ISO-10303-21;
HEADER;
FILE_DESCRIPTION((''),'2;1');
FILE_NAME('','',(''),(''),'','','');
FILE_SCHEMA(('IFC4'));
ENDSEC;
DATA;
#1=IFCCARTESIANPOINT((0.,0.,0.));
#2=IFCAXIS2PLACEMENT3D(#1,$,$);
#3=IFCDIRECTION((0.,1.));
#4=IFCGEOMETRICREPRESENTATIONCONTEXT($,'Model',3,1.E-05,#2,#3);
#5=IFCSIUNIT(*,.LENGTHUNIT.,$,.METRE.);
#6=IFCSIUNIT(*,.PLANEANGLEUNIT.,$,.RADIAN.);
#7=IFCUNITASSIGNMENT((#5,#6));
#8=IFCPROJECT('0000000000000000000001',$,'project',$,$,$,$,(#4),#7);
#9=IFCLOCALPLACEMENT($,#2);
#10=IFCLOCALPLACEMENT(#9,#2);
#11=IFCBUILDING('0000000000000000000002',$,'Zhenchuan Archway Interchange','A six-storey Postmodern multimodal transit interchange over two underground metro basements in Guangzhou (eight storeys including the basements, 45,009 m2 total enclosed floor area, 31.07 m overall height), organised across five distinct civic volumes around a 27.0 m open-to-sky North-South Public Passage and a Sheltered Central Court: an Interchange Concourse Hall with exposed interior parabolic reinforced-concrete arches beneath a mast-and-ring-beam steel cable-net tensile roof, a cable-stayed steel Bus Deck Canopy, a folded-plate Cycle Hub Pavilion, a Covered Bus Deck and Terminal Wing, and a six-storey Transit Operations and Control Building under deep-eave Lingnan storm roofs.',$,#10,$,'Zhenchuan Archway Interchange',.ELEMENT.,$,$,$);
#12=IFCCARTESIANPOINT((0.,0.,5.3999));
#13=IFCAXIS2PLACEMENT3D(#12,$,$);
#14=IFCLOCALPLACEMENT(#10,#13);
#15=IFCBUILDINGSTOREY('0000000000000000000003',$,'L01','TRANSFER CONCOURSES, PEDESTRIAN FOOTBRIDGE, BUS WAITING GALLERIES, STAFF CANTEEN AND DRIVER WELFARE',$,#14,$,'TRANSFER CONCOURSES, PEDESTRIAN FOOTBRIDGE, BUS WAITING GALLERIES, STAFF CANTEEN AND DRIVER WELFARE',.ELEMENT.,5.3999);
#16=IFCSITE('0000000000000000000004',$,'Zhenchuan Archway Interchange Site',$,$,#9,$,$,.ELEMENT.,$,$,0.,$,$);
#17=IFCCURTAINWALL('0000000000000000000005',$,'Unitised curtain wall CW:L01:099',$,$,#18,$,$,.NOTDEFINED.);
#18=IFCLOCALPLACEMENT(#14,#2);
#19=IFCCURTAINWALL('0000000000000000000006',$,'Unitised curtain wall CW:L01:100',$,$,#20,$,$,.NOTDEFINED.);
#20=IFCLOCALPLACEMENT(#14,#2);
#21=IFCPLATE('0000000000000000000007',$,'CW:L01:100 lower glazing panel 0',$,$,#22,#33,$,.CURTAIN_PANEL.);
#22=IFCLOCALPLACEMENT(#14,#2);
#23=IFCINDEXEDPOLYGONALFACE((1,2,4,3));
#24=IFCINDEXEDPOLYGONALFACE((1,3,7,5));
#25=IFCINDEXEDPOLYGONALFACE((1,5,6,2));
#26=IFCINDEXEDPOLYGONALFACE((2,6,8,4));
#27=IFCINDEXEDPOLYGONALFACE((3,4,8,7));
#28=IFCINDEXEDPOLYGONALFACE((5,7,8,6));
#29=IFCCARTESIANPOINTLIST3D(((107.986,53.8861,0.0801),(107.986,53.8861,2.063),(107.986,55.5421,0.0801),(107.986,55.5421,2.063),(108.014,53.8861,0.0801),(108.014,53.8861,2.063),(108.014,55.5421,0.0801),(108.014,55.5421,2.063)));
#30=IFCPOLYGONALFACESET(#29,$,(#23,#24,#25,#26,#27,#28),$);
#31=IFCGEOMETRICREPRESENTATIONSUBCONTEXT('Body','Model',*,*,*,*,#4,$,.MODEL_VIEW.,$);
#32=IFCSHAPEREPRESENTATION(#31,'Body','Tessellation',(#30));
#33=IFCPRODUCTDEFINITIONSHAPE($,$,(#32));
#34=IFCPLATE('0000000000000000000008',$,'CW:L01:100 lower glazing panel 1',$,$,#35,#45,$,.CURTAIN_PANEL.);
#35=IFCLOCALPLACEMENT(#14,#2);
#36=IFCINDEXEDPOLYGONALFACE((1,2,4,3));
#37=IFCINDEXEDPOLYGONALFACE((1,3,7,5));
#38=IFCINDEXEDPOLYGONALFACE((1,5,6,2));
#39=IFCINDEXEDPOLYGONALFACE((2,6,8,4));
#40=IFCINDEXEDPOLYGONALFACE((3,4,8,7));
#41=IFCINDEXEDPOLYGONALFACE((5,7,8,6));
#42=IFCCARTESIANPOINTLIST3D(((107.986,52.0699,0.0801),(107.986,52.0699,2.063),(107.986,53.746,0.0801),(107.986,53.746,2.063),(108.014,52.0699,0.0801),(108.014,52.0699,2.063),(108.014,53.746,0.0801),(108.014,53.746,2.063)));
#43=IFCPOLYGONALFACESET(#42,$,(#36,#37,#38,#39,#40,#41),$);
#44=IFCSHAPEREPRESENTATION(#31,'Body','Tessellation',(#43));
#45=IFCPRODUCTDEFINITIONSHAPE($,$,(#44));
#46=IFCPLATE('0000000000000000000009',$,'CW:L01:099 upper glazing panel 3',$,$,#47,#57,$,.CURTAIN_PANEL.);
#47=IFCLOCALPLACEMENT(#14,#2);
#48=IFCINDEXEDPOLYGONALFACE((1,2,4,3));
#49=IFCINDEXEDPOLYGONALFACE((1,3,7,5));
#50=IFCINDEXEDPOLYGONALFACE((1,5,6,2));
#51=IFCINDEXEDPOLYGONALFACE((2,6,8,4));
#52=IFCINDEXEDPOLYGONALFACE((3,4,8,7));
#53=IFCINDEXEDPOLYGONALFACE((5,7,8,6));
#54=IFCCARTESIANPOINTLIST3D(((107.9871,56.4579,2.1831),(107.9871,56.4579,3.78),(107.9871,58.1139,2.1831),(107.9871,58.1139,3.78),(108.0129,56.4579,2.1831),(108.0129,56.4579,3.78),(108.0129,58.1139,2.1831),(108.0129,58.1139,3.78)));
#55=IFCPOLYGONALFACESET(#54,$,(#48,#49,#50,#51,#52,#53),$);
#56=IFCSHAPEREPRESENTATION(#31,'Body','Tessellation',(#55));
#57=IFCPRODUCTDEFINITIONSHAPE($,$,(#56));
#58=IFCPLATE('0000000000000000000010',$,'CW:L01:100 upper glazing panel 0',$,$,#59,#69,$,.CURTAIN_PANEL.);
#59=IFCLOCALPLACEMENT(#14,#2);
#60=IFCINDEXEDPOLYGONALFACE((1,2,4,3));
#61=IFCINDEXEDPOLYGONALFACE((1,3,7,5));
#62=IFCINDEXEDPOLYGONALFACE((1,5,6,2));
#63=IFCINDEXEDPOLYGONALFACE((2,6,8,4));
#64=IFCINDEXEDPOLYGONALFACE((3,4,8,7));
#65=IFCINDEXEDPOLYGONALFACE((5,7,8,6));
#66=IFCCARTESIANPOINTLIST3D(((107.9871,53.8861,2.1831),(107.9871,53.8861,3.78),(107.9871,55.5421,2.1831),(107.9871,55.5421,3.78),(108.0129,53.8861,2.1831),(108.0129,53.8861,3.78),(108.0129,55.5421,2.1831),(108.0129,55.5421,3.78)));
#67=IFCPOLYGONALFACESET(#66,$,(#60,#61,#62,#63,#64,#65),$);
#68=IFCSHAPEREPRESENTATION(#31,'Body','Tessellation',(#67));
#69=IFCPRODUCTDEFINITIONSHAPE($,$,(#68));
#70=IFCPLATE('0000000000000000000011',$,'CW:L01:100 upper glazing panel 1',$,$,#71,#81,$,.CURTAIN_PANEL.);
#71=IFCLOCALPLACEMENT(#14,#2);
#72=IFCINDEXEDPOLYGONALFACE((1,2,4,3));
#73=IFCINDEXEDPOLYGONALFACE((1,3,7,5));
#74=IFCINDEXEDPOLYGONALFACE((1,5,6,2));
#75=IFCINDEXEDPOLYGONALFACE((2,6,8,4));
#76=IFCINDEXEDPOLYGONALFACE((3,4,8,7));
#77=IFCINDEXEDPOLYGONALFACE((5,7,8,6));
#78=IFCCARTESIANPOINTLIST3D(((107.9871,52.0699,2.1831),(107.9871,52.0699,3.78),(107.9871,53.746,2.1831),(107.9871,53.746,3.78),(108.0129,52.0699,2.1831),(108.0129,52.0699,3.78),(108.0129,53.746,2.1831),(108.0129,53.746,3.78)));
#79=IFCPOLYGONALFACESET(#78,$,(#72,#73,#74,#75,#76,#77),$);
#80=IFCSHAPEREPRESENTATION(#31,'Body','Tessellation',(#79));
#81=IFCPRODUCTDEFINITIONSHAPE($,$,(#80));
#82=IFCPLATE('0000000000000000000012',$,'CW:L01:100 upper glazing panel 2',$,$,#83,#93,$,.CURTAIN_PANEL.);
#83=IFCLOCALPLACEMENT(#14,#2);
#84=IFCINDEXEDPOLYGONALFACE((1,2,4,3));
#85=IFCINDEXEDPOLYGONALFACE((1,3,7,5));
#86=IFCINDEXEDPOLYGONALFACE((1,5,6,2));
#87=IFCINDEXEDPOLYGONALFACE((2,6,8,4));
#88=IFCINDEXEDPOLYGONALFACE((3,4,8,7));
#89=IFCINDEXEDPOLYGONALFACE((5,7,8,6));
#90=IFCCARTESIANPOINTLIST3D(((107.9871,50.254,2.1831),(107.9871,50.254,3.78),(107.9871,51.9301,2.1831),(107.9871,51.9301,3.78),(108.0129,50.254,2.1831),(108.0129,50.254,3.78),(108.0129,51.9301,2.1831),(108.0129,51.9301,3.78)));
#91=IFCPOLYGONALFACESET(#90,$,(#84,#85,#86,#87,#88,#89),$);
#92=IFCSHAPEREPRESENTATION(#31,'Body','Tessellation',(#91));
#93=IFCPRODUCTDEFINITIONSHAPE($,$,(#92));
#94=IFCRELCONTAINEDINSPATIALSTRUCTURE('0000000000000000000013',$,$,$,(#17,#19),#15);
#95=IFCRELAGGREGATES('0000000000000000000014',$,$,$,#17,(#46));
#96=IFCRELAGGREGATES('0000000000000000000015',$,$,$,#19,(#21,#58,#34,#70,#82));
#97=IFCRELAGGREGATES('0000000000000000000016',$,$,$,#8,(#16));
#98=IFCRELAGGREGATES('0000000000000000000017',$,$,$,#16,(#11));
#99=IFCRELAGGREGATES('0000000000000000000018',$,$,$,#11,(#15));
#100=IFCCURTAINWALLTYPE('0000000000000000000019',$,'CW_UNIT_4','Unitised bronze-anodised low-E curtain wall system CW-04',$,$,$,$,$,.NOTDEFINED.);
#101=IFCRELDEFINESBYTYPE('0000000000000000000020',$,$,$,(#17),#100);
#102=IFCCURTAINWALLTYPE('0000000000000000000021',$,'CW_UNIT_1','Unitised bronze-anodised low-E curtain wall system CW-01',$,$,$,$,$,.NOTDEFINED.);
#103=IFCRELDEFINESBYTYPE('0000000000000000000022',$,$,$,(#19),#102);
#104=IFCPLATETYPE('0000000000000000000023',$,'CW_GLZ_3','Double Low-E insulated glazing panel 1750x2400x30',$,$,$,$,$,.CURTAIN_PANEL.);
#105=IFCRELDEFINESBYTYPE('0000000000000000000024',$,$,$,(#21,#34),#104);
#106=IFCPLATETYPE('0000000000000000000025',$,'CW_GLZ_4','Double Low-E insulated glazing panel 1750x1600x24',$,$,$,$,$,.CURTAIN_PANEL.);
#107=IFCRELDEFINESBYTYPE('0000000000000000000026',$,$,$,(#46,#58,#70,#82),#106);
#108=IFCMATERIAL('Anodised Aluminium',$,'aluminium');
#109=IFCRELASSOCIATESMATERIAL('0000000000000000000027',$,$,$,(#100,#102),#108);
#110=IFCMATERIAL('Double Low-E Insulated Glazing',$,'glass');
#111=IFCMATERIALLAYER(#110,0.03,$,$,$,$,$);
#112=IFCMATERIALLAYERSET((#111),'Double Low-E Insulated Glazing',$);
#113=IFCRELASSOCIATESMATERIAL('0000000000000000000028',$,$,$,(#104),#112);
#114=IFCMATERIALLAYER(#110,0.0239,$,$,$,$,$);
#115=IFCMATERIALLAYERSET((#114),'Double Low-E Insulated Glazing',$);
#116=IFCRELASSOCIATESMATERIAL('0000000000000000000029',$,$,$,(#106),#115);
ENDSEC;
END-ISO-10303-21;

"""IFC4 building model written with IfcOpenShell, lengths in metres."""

from ifc_helpers import new_model, si_unit, direction, frame, origin, origin_2d, place, context, subcontext, project, spatial, rectangle, extrude, material, layer, layer_set, type_object, element, aggregate, save


model = new_model("IFC4")

# Units and contexts
model_context = context("Model", 3, precision=1e-05, world=origin(), true_north=direction((0.0, 1.0)))
body_context = subcontext(model_context, "Body", "Model", "MODEL_VIEW")
ifc_project = project(units=[si_unit("LENGTHUNIT", "METRE"), si_unit("PLANEANGLEUNIT", "RADIAN")], contexts=[model_context])

# Site, building, storey
site_placement = place(None, origin())
site = spatial("IfcSite", under=ifc_project, at=site_placement, Name="Zhenchuan Archway Interchange Site", CompositionType="ELEMENT", RefElevation=0.0)
building_placement = place(site_placement, origin())
building = spatial("IfcBuilding", under=site, at=building_placement, Name="Zhenchuan Archway Interchange", Description="A six-storey Postmodern multimodal transit interchange over two underground metro basements in Guangzhou (eight storeys including the basements, 45,009 m2 total enclosed floor area, 31.07 m overall height), organised across five distinct civic volumes around a 27.0 m open-to-sky North-South Public Passage and a Sheltered Central Court: an Interchange Concourse Hall with exposed interior parabolic reinforced-concrete arches beneath a mast-and-ring-beam steel cable-net tensile roof, a cable-stayed steel Bus Deck Canopy, a folded-plate Cycle Hub Pavilion, a Covered Bus Deck and Terminal Wing, and a six-storey Transit Operations and Control Building under deep-eave Lingnan storm roofs.", LongName="Zhenchuan Archway Interchange", CompositionType="ELEMENT")
storey_placement = place(building_placement, frame((0.0, 0.0, 5.3999)))
storey = spatial("IfcBuildingStorey", under=building, at=storey_placement, Name="L01", Description="TRANSFER CONCOURSES, PEDESTRIAN FOOTBRIDGE, BUS WAITING GALLERIES, STAFF CANTEEN AND DRIVER WELFARE", LongName="TRANSFER CONCOURSES, PEDESTRIAN FOOTBRIDGE, BUS WAITING GALLERIES, STAFF CANTEEN AND DRIVER WELFARE", CompositionType="ELEMENT", Elevation=5.3999)

# Curtain wall
ifc_material_1 = material(Name="Anodised Aluminium", Category="aluminium")
curtain_wall_type_1 = type_object("IfcCurtainWallType", Name="CW_UNIT_4", Description="Unitised bronze-anodised low-E curtain wall system CW-04", PredefinedType="NOTDEFINED", material=ifc_material_1)
curtain_wall_1_placement = place(storey_placement, origin())
curtain_wall_1 = element("IfcCurtainWall", 1, at=curtain_wall_1_placement, inside=storey, type_object=curtain_wall_type_1, Name="Unitised curtain wall CW:L01:099", PredefinedType="NOTDEFINED")

# Curtain wall
curtain_wall_type_2 = type_object("IfcCurtainWallType", Name="CW_UNIT_1", Description="Unitised bronze-anodised low-E curtain wall system CW-01", PredefinedType="NOTDEFINED", material=ifc_material_1)
curtain_wall_2_placement = place(storey_placement, origin())
curtain_wall_2 = element("IfcCurtainWall", 2, at=curtain_wall_2_placement, inside=storey, type_object=curtain_wall_type_2, Name="Unitised curtain wall CW:L01:100", PredefinedType="NOTDEFINED")

# Plates
ifc_material_2 = material(Name="Double Low-E Insulated Glazing", Category="glass")
ifc_layer_1 = layer(ifc_material_2, 0.03)
ifc_layer_set_1 = layer_set([ifc_layer_1], Name="Double Low-E Insulated Glazing")
plate_type_1 = type_object("IfcPlateType", Name="CW_GLZ_3", Description="Double Low-E insulated glazing panel 1750x2400x30", PredefinedType="CURTAIN_PANEL", material=ifc_layer_set_1)
plate_1_placement = place(storey_placement, frame((108.0, 54.7141, 0.0801), z_axis=(0.0, 0.0, 1.0), x_axis=(0.0, -1.0, 0.0)))
plate_1 = element("IfcPlate", 3, at=plate_1_placement, type_object=plate_type_1, Name="CW:L01:100 lower glazing panel 0", PredefinedType="CURTAIN_PANEL", context=body_context, shape_type="SweptSolid", body=[
    extrude(rectangle(XDim=1.656, YDim=0.0281, at=origin_2d()), origin(), (0.0, 0.0, 1.0), 1.9829),
])
plate_2_placement = place(storey_placement, frame((108.0, 52.908, 0.0801), z_axis=(0.0, 0.0, 1.0), x_axis=(0.0, -1.0, 0.0)))
plate_2 = element("IfcPlate", 4, at=plate_2_placement, type_object=plate_type_1, Name="CW:L01:100 lower glazing panel 1", PredefinedType="CURTAIN_PANEL", context=body_context, shape_type="SweptSolid", body=[
    extrude(rectangle(XDim=1.676, YDim=0.0281, at=origin_2d()), origin(), (0.0, 0.0, 1.0), 1.9829),
])
ifc_layer_2 = layer(ifc_material_2, 0.0239)
ifc_layer_set_2 = layer_set([ifc_layer_2], Name="Double Low-E Insulated Glazing")
plate_type_2 = type_object("IfcPlateType", Name="CW_GLZ_4", Description="Double Low-E insulated glazing panel 1750x1600x24", PredefinedType="CURTAIN_PANEL", material=ifc_layer_set_2)
plate_3_placement = place(storey_placement, frame((108.0, 57.2859, 2.1831), z_axis=(0.0, 0.0, 1.0), x_axis=(0.0, -1.0, 0.0)))
plate_3 = element("IfcPlate", 5, at=plate_3_placement, type_object=plate_type_2, Name="CW:L01:099 upper glazing panel 3", PredefinedType="CURTAIN_PANEL", context=body_context, shape_type="SweptSolid", body=[
    extrude(rectangle(XDim=1.656, YDim=0.0259, at=origin_2d()), origin(), (0.0, 0.0, 1.0), 1.5969),
])
aggregate(curtain_wall_1, [plate_3])
plate_4_placement = place(storey_placement, frame((108.0, 54.7141, 2.1831), z_axis=(0.0, 0.0, 1.0), x_axis=(0.0, -1.0, 0.0)))
plate_4 = element("IfcPlate", 6, at=plate_4_placement, type_object=plate_type_2, Name="CW:L01:100 upper glazing panel 0", PredefinedType="CURTAIN_PANEL", context=body_context, shape_type="SweptSolid", body=[
    extrude(rectangle(XDim=1.656, YDim=0.0259, at=origin_2d()), origin(), (0.0, 0.0, 1.0), 1.5969),
])
plate_5_placement = place(storey_placement, frame((108.0, 52.908, 2.1831), z_axis=(0.0, 0.0, 1.0), x_axis=(0.0, -1.0, 0.0)))
plate_5 = element("IfcPlate", 7, at=plate_5_placement, type_object=plate_type_2, Name="CW:L01:100 upper glazing panel 1", PredefinedType="CURTAIN_PANEL", context=body_context, shape_type="SweptSolid", body=[
    extrude(rectangle(XDim=1.676, YDim=0.0259, at=origin_2d()), origin(), (0.0, 0.0, 1.0), 1.5969),
])
plate_6_placement = place(storey_placement, frame((108.0, 51.092, 2.1831), z_axis=(0.0, 0.0, 1.0), x_axis=(0.0, -1.0, 0.0)))
plate_6 = element("IfcPlate", 8, at=plate_6_placement, type_object=plate_type_2, Name="CW:L01:100 upper glazing panel 2", PredefinedType="CURTAIN_PANEL", context=body_context, shape_type="SweptSolid", body=[
    extrude(rectangle(XDim=1.676, YDim=0.0259, at=origin_2d()), origin(), (0.0, 0.0, 1.0), 1.5969),
])
aggregate(curtain_wall_2, [plate_1, plate_4, plate_2, plate_5, plate_6])

save(model, "model.ifc")
